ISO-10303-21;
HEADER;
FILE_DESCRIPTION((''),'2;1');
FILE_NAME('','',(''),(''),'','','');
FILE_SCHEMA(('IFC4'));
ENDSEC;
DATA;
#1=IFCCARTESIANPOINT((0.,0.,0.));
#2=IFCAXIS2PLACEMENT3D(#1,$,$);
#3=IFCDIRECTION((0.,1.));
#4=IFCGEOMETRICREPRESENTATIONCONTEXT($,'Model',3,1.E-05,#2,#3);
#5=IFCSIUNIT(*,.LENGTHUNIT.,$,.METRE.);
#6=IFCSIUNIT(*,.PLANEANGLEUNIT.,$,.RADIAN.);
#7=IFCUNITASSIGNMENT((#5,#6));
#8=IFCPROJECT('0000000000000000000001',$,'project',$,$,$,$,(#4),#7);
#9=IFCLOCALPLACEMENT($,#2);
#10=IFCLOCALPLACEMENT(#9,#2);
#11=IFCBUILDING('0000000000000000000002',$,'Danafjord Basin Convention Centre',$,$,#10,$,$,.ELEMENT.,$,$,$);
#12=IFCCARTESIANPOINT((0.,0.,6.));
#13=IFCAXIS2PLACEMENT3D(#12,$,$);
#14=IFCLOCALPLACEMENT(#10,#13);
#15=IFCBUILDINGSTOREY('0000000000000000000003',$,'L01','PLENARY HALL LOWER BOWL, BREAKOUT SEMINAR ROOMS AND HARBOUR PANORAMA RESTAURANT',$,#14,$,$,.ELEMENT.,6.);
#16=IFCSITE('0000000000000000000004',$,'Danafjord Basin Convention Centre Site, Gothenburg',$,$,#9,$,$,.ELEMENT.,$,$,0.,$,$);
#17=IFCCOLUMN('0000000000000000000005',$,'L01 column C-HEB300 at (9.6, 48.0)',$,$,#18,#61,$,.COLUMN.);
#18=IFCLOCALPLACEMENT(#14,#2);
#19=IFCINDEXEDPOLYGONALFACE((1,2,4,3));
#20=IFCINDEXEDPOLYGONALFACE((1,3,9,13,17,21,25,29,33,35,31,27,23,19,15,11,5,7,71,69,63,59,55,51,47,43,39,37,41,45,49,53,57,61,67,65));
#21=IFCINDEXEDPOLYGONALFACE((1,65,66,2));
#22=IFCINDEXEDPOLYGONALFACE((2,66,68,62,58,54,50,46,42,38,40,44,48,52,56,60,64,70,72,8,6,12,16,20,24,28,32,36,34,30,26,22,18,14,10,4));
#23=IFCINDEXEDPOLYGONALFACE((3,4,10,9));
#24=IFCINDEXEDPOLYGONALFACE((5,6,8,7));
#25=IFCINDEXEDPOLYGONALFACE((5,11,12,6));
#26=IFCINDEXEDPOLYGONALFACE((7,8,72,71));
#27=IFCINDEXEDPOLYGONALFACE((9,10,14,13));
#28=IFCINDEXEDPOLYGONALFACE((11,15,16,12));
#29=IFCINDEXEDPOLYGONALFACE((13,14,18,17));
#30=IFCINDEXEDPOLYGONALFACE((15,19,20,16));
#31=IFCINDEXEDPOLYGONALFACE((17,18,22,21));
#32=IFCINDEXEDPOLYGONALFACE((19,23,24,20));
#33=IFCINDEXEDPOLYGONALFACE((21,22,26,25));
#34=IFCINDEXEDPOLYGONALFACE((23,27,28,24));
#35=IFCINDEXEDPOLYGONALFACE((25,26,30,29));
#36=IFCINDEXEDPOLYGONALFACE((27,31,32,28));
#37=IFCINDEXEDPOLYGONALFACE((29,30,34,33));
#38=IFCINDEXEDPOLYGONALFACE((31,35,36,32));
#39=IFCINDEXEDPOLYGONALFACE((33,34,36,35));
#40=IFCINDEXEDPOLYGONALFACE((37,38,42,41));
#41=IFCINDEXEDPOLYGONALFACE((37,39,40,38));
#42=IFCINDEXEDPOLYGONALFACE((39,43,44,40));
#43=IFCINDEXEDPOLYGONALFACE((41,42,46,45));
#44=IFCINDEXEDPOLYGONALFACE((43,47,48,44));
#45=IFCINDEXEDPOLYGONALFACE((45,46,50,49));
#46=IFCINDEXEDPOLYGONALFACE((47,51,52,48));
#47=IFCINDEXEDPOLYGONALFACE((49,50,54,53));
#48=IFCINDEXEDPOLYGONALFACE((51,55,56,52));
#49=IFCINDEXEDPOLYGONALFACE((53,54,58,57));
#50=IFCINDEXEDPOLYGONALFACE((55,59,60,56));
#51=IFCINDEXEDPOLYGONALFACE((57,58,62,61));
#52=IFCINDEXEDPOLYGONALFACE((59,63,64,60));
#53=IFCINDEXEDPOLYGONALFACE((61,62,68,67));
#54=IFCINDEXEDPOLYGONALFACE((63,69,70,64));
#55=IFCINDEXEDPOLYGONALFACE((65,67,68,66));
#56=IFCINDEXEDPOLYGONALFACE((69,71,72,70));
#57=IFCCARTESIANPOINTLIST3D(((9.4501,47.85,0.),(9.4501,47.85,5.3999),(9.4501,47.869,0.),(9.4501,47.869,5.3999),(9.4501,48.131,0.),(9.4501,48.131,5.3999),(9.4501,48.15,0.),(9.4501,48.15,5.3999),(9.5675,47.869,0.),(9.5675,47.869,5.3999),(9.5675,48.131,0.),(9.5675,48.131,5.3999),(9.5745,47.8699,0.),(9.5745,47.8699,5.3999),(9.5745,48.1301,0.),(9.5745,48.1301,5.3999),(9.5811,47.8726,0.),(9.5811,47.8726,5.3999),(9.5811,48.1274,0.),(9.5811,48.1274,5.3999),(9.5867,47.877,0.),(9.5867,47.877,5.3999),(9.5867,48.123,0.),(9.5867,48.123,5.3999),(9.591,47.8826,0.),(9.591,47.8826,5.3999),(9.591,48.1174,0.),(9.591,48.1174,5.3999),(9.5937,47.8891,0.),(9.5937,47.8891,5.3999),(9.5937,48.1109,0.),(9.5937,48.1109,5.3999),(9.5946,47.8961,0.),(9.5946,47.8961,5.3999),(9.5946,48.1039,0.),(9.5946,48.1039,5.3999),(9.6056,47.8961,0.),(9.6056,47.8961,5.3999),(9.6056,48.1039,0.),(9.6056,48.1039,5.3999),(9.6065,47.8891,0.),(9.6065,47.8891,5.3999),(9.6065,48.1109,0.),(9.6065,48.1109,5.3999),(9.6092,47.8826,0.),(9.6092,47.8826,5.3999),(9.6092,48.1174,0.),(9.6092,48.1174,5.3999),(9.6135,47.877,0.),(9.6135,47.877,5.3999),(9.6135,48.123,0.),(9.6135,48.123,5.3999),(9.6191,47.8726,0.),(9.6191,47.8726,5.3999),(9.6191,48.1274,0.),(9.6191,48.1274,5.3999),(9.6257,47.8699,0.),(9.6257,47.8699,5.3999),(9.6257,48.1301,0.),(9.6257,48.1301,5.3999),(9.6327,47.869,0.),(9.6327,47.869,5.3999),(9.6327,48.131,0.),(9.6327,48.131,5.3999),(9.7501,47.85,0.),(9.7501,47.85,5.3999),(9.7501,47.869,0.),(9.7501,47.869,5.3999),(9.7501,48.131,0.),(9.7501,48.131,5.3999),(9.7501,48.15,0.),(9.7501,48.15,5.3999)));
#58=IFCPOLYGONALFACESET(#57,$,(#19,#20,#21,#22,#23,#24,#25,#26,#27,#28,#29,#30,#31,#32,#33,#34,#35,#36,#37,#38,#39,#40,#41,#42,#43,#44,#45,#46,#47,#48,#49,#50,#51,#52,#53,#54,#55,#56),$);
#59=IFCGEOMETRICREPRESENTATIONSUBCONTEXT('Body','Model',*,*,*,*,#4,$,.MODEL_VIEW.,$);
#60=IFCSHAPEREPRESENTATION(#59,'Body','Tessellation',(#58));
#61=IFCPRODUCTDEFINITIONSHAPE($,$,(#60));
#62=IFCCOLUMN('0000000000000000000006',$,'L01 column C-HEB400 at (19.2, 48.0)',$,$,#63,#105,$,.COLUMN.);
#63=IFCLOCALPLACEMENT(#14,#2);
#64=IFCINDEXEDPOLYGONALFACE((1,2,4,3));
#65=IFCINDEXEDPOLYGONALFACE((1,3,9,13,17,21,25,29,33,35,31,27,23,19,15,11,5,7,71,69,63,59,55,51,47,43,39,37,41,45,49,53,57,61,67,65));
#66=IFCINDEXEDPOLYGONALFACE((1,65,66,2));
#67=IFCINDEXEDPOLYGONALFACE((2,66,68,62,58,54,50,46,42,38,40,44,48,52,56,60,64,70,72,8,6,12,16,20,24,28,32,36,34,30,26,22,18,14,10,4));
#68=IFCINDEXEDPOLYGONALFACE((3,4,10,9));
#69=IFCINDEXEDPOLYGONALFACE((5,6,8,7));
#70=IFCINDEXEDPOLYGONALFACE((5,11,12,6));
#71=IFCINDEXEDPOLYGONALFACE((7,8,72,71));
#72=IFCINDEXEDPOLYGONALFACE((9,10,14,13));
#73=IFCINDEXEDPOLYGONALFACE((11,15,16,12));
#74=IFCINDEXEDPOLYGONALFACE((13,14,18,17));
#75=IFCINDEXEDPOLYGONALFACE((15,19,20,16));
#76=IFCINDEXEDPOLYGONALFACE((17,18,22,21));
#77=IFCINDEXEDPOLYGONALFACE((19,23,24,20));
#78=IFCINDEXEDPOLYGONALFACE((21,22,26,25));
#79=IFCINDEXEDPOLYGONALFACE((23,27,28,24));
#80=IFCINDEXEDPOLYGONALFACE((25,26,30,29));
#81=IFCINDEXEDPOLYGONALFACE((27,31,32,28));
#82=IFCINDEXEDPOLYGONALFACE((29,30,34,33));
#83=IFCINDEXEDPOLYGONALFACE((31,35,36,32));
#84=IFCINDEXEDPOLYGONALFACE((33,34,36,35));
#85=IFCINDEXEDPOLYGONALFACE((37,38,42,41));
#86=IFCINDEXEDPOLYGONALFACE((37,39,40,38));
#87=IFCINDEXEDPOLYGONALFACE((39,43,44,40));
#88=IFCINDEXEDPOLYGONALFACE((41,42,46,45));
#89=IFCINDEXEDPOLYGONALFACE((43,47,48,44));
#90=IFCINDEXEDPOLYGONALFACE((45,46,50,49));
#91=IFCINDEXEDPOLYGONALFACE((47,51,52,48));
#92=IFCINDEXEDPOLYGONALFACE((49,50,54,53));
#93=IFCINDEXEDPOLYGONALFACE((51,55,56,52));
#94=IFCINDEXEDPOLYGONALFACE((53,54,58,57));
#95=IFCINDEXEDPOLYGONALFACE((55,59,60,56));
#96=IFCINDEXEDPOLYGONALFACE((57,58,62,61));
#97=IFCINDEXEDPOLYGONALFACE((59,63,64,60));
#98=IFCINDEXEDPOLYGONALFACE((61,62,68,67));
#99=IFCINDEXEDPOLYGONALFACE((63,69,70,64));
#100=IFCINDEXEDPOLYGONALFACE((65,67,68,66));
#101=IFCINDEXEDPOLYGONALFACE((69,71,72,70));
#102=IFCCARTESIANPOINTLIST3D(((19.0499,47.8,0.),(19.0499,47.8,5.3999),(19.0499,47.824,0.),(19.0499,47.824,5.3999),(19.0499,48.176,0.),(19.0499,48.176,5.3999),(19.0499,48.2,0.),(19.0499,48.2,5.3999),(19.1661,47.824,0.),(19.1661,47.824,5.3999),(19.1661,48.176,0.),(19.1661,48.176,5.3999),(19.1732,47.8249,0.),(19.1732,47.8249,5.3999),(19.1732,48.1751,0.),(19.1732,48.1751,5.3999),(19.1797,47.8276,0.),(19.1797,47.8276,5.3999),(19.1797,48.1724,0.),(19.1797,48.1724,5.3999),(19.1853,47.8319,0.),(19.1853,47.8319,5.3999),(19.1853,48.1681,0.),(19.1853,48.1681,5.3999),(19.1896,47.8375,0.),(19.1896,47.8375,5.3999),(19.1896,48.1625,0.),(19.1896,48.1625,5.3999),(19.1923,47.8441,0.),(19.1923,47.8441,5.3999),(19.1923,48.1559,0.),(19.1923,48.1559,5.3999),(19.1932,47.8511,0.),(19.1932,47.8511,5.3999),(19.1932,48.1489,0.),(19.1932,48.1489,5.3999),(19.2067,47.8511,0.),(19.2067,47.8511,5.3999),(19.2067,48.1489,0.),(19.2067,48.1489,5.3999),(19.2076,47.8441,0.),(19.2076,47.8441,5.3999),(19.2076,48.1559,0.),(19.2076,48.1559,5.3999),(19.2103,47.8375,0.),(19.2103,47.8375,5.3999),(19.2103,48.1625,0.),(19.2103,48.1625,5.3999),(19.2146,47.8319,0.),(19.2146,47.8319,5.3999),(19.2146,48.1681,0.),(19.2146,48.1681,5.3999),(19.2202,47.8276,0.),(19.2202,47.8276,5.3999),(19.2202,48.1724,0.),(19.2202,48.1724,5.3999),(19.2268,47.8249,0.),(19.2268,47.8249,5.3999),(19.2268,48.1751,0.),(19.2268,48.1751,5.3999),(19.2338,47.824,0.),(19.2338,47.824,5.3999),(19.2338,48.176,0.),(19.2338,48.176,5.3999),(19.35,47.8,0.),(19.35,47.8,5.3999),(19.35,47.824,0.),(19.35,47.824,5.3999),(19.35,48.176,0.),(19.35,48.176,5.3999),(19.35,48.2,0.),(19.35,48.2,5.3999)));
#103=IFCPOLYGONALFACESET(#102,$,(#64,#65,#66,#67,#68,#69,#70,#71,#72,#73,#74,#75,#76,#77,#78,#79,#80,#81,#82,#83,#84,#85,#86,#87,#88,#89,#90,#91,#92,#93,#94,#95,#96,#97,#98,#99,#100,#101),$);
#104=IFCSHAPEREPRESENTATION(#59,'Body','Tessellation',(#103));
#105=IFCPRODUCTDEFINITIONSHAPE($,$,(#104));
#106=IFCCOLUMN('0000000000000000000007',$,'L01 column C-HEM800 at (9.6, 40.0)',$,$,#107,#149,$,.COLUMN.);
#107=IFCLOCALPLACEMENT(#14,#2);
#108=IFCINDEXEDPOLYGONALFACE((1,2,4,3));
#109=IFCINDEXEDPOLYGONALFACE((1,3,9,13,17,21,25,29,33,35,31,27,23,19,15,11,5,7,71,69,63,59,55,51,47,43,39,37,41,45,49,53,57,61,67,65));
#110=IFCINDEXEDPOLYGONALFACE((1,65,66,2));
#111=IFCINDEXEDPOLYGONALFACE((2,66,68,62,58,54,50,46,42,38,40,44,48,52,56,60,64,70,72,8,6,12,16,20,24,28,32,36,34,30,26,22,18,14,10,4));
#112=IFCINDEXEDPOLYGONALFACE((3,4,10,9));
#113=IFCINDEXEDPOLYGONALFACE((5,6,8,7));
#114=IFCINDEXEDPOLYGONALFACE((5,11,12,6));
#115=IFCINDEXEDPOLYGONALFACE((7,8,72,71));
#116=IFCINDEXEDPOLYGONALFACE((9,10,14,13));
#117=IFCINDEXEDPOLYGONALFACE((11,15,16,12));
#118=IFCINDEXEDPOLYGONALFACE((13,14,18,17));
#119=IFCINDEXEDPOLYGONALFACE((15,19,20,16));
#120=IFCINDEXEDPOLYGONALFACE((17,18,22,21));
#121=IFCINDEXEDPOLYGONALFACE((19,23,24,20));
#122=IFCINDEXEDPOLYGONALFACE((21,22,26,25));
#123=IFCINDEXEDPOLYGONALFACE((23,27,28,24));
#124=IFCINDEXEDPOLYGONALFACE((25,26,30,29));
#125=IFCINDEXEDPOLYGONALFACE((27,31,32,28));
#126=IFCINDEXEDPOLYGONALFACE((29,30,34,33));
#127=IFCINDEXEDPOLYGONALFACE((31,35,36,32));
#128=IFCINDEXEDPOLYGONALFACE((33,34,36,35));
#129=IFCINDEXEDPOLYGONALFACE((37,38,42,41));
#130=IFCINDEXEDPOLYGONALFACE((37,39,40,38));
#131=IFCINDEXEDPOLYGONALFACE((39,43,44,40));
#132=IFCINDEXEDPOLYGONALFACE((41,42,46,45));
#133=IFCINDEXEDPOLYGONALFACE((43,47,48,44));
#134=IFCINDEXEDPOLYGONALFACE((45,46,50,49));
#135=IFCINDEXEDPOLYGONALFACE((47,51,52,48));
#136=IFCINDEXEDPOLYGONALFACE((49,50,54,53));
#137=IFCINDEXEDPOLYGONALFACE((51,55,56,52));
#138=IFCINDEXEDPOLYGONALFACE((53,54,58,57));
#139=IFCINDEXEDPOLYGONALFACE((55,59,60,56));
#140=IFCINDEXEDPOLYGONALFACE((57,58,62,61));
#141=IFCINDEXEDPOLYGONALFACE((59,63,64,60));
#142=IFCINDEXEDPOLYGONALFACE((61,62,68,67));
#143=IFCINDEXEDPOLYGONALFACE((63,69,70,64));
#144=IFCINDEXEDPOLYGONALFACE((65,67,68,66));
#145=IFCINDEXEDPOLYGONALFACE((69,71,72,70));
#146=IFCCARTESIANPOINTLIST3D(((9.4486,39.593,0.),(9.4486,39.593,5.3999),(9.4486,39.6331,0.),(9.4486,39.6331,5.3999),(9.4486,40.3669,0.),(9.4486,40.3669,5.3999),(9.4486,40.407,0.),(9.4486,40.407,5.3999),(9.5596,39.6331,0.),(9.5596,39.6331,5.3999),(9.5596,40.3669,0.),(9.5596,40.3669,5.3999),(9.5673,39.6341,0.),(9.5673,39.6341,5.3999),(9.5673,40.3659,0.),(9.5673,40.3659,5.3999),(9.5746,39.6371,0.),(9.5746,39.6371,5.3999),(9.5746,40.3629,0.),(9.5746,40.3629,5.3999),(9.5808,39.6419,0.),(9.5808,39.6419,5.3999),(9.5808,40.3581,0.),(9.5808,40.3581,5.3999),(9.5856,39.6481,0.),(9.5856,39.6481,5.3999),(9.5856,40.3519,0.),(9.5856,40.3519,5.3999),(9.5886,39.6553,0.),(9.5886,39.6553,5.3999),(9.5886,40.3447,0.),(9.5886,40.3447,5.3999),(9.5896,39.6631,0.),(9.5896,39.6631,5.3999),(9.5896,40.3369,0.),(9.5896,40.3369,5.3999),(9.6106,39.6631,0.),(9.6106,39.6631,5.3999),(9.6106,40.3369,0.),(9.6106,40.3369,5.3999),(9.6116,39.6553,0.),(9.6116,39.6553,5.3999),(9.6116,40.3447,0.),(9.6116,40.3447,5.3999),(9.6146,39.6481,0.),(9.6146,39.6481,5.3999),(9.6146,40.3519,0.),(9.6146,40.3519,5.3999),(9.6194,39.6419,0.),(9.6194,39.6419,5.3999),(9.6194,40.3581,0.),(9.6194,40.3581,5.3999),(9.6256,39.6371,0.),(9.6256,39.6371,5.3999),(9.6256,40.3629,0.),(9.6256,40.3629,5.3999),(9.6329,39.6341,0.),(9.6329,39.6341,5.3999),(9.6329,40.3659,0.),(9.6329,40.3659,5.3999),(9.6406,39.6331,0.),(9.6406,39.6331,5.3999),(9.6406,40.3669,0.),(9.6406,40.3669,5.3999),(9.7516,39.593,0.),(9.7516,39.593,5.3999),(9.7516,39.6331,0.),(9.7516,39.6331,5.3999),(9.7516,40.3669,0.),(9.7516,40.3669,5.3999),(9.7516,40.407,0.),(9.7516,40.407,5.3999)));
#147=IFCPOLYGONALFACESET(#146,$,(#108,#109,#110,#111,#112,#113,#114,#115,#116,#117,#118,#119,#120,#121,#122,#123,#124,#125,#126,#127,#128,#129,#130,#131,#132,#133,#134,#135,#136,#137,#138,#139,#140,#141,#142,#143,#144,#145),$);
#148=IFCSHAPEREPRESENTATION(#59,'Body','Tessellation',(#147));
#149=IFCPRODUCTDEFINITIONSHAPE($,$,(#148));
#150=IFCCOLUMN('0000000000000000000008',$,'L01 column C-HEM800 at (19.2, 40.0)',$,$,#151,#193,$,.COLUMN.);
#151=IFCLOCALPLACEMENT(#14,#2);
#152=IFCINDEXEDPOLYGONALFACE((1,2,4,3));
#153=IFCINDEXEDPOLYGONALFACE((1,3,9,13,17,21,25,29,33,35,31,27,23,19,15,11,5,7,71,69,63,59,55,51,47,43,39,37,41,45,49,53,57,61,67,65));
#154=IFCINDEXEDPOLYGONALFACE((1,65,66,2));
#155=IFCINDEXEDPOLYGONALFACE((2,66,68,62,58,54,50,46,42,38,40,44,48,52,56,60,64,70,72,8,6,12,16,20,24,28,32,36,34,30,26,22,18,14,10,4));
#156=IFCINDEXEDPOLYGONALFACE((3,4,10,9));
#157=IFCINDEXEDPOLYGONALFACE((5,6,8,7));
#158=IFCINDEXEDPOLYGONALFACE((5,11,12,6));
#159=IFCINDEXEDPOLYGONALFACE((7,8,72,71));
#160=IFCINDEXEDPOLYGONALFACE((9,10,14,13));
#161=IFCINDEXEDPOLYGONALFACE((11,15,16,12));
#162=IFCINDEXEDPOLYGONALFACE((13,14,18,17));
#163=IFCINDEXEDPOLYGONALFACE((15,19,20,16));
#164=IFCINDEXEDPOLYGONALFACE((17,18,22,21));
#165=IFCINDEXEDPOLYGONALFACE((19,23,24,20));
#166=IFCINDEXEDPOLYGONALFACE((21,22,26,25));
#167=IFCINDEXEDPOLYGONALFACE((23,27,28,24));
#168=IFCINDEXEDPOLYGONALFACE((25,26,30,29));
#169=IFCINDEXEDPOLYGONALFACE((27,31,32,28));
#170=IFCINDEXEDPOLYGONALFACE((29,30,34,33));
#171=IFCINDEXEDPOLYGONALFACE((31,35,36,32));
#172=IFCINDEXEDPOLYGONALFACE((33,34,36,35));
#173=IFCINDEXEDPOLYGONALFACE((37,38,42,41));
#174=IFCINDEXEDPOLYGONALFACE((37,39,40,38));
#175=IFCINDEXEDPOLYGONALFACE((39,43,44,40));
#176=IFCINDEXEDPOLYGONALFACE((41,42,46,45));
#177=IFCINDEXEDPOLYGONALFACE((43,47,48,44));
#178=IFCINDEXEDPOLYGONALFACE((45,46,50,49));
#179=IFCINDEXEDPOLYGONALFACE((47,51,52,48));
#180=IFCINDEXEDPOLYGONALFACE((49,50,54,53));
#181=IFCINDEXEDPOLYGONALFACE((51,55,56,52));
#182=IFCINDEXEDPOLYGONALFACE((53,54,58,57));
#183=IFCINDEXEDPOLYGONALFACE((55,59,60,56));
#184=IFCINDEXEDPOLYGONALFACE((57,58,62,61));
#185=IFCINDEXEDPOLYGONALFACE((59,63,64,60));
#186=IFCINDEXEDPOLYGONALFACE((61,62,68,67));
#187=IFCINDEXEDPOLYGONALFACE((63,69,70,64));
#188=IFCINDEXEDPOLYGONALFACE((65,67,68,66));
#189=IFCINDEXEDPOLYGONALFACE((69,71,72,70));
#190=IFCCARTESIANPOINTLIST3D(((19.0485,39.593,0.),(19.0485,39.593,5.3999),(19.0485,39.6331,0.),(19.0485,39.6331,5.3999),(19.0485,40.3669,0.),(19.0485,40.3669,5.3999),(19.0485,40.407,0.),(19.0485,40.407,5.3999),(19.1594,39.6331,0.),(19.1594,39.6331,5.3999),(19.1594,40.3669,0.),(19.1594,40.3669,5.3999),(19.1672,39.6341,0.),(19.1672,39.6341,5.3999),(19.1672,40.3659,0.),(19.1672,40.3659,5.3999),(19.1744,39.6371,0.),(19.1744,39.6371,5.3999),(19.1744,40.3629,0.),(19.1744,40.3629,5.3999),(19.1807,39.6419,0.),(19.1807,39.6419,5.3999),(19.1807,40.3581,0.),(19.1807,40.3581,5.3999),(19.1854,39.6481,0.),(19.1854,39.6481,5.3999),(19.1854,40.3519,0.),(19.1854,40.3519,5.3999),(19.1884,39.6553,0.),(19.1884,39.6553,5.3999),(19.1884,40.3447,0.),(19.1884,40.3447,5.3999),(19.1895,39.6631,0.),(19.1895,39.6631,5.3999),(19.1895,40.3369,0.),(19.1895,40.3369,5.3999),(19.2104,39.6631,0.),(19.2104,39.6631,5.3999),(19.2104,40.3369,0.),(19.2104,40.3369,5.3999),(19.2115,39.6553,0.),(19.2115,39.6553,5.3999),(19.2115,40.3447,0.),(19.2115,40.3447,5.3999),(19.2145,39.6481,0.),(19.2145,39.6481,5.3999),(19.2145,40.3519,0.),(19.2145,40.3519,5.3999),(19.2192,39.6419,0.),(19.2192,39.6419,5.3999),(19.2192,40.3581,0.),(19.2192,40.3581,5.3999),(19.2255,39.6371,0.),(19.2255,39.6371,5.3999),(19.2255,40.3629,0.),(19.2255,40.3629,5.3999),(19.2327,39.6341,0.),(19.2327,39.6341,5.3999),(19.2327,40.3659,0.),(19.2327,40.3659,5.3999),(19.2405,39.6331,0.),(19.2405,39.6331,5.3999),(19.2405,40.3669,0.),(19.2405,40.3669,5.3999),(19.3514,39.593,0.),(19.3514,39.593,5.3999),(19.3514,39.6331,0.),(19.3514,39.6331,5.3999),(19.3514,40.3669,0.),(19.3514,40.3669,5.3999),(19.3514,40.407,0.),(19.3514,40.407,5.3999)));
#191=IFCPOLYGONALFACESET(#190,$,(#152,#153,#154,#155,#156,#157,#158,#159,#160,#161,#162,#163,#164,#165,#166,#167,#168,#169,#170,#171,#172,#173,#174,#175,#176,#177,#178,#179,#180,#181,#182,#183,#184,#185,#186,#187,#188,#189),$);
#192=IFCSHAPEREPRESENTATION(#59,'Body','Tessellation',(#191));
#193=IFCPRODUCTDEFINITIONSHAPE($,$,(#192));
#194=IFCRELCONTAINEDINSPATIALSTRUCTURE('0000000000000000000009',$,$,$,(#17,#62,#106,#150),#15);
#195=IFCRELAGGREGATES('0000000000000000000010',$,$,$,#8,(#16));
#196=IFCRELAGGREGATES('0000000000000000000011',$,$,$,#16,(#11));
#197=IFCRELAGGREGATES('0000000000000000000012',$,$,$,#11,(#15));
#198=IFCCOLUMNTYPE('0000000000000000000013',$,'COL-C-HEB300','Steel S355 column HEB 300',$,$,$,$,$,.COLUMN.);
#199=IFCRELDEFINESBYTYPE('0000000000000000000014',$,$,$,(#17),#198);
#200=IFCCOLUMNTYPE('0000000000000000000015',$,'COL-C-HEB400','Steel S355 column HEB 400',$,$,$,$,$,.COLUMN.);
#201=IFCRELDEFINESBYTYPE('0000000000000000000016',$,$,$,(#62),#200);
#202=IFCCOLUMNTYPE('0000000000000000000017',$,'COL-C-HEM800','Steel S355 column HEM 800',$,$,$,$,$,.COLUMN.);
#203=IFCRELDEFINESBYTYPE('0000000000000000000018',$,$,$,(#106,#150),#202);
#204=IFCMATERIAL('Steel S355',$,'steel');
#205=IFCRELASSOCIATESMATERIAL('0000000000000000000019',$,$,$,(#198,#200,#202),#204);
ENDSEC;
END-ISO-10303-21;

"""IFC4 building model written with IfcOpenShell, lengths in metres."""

from ifc_helpers import new_model, si_unit, direction, frame, origin, origin_2d, place, context, subcontext, project, spatial, i_section, extrude, material, material_profile, profile_set, type_object, element, save


model = new_model("IFC4")

# Units and contexts
model_context = context("Model", 3, precision=1e-05, world=origin(), true_north=direction((0.0, 1.0)))
body_context = subcontext(model_context, "Body", "Model", "MODEL_VIEW")
ifc_project = project(units=[si_unit("LENGTHUNIT", "METRE"), si_unit("PLANEANGLEUNIT", "RADIAN")], contexts=[model_context])

# Site, building, storey
site_placement = place(None, origin())
site = spatial("IfcSite", under=ifc_project, at=site_placement, Name="Danafjord Basin Convention Centre Site, Gothenburg", CompositionType="ELEMENT", RefElevation=0.0)
building_placement = place(site_placement, origin())
building = spatial("IfcBuilding", under=site, at=building_placement, Name="Danafjord Basin Convention Centre", CompositionType="ELEMENT")
storey_placement = place(building_placement, frame((0.0, 0.0, 6.0)))
storey = spatial("IfcBuildingStorey", under=building, at=storey_placement, Name="L01", Description="PLENARY HALL LOWER BOWL, BREAKOUT SEMINAR ROOMS AND HARBOUR PANORAMA RESTAURANT", CompositionType="ELEMENT", Elevation=6.0)

# Columns
ifc_material_1 = material(Name="Steel S355", Category="steel")
ifc_material_profile_1 = material_profile(ifc_material_1, i_section(OverallWidth=0.3, OverallDepth=0.3, WebThickness=0.011, FlangeThickness=0.019, FilletRadius=0.0271, at=origin_2d()), Name="HEB 300")
ifc_profile_set_1 = profile_set([ifc_material_profile_1], Name="Steel S355")
column_type_1 = type_object("IfcColumnType", Name="COL-C-HEB300", Description="Steel S355 column HEB 300", PredefinedType="COLUMN", material=ifc_profile_set_1)
column_1_placement = place(storey_placement, frame((9.6001, 48.0, 0.0), z_axis=(0.0, 0.0, 1.0), x_axis=(1.0, 0.0, 0.0)))
element("IfcColumn", 1, at=column_1_placement, inside=storey, type_object=column_type_1, Name="L01 column C-HEB300 at (9.6, 48.0)", PredefinedType="COLUMN", context=body_context, shape_type="SweptSolid", body=[
    extrude(i_section(OverallWidth=0.3, OverallDepth=0.3, WebThickness=0.011, FlangeThickness=0.019, FilletRadius=0.0271, at=origin_2d()), origin(), (0.0, 0.0, 1.0), 5.3999),
])
ifc_material_profile_2 = material_profile(ifc_material_1, i_section(OverallWidth=0.3, OverallDepth=0.3999, WebThickness=0.0134, FlangeThickness=0.0239, FilletRadius=0.0271, at=origin_2d()), Name="HEB 400")
ifc_profile_set_2 = profile_set([ifc_material_profile_2], Name="Steel S355")
column_type_2 = type_object("IfcColumnType", Name="COL-C-HEB400", Description="Steel S355 column HEB 400", PredefinedType="COLUMN", material=ifc_profile_set_2)
column_2_placement = place(storey_placement, frame((19.2, 48.0, 0.0), z_axis=(0.0, 0.0, 1.0), x_axis=(1.0, 0.0, 0.0)))
element("IfcColumn", 2, at=column_2_placement, inside=storey, type_object=column_type_2, Name="L01 column C-HEB400 at (19.2, 48.0)", PredefinedType="COLUMN", context=body_context, shape_type="SweptSolid", body=[
    extrude(i_section(OverallWidth=0.3, OverallDepth=0.3999, WebThickness=0.0134, FlangeThickness=0.0239, FilletRadius=0.0271, at=origin_2d()), origin(), (0.0, 0.0, 1.0), 5.3999),
])
ifc_material_profile_3 = material_profile(ifc_material_1, i_section(OverallWidth=0.303, OverallDepth=0.814, WebThickness=0.021, FlangeThickness=0.04, FilletRadius=0.03, at=origin_2d()), Name="HEM 800")
ifc_profile_set_3 = profile_set([ifc_material_profile_3], Name="Steel S355")
column_type_3 = type_object("IfcColumnType", Name="COL-C-HEM800", Description="Steel S355 column HEM 800", PredefinedType="COLUMN", material=ifc_profile_set_3)
for number, where, z_axis, x_axis, name in (
    (3, (9.6001, 40.0, 0.0), (0.0, 0.0, 1.0), (1.0, 0.0, 0.0), "L01 column C-HEM800 at (9.6, 40.0)"),
    (4, (19.2, 40.0, 0.0), (0.0, 0.0, 1.0), (1.0, 0.0, 0.0), "L01 column C-HEM800 at (19.2, 40.0)"),
):
    element("IfcColumn", number, at=place(storey_placement, frame(where, z_axis=z_axis, x_axis=x_axis)), inside=storey, type_object=column_type_3, Name=name, PredefinedType="COLUMN", context=body_context, shape_type="SweptSolid", body=[
        extrude(i_section(OverallWidth=0.303, OverallDepth=0.814, WebThickness=0.021, FlangeThickness=0.04, FilletRadius=0.03, at=origin_2d()), origin(), (0.0, 0.0, 1.0), 5.3999),
    ])

save(model, "model.ifc")
